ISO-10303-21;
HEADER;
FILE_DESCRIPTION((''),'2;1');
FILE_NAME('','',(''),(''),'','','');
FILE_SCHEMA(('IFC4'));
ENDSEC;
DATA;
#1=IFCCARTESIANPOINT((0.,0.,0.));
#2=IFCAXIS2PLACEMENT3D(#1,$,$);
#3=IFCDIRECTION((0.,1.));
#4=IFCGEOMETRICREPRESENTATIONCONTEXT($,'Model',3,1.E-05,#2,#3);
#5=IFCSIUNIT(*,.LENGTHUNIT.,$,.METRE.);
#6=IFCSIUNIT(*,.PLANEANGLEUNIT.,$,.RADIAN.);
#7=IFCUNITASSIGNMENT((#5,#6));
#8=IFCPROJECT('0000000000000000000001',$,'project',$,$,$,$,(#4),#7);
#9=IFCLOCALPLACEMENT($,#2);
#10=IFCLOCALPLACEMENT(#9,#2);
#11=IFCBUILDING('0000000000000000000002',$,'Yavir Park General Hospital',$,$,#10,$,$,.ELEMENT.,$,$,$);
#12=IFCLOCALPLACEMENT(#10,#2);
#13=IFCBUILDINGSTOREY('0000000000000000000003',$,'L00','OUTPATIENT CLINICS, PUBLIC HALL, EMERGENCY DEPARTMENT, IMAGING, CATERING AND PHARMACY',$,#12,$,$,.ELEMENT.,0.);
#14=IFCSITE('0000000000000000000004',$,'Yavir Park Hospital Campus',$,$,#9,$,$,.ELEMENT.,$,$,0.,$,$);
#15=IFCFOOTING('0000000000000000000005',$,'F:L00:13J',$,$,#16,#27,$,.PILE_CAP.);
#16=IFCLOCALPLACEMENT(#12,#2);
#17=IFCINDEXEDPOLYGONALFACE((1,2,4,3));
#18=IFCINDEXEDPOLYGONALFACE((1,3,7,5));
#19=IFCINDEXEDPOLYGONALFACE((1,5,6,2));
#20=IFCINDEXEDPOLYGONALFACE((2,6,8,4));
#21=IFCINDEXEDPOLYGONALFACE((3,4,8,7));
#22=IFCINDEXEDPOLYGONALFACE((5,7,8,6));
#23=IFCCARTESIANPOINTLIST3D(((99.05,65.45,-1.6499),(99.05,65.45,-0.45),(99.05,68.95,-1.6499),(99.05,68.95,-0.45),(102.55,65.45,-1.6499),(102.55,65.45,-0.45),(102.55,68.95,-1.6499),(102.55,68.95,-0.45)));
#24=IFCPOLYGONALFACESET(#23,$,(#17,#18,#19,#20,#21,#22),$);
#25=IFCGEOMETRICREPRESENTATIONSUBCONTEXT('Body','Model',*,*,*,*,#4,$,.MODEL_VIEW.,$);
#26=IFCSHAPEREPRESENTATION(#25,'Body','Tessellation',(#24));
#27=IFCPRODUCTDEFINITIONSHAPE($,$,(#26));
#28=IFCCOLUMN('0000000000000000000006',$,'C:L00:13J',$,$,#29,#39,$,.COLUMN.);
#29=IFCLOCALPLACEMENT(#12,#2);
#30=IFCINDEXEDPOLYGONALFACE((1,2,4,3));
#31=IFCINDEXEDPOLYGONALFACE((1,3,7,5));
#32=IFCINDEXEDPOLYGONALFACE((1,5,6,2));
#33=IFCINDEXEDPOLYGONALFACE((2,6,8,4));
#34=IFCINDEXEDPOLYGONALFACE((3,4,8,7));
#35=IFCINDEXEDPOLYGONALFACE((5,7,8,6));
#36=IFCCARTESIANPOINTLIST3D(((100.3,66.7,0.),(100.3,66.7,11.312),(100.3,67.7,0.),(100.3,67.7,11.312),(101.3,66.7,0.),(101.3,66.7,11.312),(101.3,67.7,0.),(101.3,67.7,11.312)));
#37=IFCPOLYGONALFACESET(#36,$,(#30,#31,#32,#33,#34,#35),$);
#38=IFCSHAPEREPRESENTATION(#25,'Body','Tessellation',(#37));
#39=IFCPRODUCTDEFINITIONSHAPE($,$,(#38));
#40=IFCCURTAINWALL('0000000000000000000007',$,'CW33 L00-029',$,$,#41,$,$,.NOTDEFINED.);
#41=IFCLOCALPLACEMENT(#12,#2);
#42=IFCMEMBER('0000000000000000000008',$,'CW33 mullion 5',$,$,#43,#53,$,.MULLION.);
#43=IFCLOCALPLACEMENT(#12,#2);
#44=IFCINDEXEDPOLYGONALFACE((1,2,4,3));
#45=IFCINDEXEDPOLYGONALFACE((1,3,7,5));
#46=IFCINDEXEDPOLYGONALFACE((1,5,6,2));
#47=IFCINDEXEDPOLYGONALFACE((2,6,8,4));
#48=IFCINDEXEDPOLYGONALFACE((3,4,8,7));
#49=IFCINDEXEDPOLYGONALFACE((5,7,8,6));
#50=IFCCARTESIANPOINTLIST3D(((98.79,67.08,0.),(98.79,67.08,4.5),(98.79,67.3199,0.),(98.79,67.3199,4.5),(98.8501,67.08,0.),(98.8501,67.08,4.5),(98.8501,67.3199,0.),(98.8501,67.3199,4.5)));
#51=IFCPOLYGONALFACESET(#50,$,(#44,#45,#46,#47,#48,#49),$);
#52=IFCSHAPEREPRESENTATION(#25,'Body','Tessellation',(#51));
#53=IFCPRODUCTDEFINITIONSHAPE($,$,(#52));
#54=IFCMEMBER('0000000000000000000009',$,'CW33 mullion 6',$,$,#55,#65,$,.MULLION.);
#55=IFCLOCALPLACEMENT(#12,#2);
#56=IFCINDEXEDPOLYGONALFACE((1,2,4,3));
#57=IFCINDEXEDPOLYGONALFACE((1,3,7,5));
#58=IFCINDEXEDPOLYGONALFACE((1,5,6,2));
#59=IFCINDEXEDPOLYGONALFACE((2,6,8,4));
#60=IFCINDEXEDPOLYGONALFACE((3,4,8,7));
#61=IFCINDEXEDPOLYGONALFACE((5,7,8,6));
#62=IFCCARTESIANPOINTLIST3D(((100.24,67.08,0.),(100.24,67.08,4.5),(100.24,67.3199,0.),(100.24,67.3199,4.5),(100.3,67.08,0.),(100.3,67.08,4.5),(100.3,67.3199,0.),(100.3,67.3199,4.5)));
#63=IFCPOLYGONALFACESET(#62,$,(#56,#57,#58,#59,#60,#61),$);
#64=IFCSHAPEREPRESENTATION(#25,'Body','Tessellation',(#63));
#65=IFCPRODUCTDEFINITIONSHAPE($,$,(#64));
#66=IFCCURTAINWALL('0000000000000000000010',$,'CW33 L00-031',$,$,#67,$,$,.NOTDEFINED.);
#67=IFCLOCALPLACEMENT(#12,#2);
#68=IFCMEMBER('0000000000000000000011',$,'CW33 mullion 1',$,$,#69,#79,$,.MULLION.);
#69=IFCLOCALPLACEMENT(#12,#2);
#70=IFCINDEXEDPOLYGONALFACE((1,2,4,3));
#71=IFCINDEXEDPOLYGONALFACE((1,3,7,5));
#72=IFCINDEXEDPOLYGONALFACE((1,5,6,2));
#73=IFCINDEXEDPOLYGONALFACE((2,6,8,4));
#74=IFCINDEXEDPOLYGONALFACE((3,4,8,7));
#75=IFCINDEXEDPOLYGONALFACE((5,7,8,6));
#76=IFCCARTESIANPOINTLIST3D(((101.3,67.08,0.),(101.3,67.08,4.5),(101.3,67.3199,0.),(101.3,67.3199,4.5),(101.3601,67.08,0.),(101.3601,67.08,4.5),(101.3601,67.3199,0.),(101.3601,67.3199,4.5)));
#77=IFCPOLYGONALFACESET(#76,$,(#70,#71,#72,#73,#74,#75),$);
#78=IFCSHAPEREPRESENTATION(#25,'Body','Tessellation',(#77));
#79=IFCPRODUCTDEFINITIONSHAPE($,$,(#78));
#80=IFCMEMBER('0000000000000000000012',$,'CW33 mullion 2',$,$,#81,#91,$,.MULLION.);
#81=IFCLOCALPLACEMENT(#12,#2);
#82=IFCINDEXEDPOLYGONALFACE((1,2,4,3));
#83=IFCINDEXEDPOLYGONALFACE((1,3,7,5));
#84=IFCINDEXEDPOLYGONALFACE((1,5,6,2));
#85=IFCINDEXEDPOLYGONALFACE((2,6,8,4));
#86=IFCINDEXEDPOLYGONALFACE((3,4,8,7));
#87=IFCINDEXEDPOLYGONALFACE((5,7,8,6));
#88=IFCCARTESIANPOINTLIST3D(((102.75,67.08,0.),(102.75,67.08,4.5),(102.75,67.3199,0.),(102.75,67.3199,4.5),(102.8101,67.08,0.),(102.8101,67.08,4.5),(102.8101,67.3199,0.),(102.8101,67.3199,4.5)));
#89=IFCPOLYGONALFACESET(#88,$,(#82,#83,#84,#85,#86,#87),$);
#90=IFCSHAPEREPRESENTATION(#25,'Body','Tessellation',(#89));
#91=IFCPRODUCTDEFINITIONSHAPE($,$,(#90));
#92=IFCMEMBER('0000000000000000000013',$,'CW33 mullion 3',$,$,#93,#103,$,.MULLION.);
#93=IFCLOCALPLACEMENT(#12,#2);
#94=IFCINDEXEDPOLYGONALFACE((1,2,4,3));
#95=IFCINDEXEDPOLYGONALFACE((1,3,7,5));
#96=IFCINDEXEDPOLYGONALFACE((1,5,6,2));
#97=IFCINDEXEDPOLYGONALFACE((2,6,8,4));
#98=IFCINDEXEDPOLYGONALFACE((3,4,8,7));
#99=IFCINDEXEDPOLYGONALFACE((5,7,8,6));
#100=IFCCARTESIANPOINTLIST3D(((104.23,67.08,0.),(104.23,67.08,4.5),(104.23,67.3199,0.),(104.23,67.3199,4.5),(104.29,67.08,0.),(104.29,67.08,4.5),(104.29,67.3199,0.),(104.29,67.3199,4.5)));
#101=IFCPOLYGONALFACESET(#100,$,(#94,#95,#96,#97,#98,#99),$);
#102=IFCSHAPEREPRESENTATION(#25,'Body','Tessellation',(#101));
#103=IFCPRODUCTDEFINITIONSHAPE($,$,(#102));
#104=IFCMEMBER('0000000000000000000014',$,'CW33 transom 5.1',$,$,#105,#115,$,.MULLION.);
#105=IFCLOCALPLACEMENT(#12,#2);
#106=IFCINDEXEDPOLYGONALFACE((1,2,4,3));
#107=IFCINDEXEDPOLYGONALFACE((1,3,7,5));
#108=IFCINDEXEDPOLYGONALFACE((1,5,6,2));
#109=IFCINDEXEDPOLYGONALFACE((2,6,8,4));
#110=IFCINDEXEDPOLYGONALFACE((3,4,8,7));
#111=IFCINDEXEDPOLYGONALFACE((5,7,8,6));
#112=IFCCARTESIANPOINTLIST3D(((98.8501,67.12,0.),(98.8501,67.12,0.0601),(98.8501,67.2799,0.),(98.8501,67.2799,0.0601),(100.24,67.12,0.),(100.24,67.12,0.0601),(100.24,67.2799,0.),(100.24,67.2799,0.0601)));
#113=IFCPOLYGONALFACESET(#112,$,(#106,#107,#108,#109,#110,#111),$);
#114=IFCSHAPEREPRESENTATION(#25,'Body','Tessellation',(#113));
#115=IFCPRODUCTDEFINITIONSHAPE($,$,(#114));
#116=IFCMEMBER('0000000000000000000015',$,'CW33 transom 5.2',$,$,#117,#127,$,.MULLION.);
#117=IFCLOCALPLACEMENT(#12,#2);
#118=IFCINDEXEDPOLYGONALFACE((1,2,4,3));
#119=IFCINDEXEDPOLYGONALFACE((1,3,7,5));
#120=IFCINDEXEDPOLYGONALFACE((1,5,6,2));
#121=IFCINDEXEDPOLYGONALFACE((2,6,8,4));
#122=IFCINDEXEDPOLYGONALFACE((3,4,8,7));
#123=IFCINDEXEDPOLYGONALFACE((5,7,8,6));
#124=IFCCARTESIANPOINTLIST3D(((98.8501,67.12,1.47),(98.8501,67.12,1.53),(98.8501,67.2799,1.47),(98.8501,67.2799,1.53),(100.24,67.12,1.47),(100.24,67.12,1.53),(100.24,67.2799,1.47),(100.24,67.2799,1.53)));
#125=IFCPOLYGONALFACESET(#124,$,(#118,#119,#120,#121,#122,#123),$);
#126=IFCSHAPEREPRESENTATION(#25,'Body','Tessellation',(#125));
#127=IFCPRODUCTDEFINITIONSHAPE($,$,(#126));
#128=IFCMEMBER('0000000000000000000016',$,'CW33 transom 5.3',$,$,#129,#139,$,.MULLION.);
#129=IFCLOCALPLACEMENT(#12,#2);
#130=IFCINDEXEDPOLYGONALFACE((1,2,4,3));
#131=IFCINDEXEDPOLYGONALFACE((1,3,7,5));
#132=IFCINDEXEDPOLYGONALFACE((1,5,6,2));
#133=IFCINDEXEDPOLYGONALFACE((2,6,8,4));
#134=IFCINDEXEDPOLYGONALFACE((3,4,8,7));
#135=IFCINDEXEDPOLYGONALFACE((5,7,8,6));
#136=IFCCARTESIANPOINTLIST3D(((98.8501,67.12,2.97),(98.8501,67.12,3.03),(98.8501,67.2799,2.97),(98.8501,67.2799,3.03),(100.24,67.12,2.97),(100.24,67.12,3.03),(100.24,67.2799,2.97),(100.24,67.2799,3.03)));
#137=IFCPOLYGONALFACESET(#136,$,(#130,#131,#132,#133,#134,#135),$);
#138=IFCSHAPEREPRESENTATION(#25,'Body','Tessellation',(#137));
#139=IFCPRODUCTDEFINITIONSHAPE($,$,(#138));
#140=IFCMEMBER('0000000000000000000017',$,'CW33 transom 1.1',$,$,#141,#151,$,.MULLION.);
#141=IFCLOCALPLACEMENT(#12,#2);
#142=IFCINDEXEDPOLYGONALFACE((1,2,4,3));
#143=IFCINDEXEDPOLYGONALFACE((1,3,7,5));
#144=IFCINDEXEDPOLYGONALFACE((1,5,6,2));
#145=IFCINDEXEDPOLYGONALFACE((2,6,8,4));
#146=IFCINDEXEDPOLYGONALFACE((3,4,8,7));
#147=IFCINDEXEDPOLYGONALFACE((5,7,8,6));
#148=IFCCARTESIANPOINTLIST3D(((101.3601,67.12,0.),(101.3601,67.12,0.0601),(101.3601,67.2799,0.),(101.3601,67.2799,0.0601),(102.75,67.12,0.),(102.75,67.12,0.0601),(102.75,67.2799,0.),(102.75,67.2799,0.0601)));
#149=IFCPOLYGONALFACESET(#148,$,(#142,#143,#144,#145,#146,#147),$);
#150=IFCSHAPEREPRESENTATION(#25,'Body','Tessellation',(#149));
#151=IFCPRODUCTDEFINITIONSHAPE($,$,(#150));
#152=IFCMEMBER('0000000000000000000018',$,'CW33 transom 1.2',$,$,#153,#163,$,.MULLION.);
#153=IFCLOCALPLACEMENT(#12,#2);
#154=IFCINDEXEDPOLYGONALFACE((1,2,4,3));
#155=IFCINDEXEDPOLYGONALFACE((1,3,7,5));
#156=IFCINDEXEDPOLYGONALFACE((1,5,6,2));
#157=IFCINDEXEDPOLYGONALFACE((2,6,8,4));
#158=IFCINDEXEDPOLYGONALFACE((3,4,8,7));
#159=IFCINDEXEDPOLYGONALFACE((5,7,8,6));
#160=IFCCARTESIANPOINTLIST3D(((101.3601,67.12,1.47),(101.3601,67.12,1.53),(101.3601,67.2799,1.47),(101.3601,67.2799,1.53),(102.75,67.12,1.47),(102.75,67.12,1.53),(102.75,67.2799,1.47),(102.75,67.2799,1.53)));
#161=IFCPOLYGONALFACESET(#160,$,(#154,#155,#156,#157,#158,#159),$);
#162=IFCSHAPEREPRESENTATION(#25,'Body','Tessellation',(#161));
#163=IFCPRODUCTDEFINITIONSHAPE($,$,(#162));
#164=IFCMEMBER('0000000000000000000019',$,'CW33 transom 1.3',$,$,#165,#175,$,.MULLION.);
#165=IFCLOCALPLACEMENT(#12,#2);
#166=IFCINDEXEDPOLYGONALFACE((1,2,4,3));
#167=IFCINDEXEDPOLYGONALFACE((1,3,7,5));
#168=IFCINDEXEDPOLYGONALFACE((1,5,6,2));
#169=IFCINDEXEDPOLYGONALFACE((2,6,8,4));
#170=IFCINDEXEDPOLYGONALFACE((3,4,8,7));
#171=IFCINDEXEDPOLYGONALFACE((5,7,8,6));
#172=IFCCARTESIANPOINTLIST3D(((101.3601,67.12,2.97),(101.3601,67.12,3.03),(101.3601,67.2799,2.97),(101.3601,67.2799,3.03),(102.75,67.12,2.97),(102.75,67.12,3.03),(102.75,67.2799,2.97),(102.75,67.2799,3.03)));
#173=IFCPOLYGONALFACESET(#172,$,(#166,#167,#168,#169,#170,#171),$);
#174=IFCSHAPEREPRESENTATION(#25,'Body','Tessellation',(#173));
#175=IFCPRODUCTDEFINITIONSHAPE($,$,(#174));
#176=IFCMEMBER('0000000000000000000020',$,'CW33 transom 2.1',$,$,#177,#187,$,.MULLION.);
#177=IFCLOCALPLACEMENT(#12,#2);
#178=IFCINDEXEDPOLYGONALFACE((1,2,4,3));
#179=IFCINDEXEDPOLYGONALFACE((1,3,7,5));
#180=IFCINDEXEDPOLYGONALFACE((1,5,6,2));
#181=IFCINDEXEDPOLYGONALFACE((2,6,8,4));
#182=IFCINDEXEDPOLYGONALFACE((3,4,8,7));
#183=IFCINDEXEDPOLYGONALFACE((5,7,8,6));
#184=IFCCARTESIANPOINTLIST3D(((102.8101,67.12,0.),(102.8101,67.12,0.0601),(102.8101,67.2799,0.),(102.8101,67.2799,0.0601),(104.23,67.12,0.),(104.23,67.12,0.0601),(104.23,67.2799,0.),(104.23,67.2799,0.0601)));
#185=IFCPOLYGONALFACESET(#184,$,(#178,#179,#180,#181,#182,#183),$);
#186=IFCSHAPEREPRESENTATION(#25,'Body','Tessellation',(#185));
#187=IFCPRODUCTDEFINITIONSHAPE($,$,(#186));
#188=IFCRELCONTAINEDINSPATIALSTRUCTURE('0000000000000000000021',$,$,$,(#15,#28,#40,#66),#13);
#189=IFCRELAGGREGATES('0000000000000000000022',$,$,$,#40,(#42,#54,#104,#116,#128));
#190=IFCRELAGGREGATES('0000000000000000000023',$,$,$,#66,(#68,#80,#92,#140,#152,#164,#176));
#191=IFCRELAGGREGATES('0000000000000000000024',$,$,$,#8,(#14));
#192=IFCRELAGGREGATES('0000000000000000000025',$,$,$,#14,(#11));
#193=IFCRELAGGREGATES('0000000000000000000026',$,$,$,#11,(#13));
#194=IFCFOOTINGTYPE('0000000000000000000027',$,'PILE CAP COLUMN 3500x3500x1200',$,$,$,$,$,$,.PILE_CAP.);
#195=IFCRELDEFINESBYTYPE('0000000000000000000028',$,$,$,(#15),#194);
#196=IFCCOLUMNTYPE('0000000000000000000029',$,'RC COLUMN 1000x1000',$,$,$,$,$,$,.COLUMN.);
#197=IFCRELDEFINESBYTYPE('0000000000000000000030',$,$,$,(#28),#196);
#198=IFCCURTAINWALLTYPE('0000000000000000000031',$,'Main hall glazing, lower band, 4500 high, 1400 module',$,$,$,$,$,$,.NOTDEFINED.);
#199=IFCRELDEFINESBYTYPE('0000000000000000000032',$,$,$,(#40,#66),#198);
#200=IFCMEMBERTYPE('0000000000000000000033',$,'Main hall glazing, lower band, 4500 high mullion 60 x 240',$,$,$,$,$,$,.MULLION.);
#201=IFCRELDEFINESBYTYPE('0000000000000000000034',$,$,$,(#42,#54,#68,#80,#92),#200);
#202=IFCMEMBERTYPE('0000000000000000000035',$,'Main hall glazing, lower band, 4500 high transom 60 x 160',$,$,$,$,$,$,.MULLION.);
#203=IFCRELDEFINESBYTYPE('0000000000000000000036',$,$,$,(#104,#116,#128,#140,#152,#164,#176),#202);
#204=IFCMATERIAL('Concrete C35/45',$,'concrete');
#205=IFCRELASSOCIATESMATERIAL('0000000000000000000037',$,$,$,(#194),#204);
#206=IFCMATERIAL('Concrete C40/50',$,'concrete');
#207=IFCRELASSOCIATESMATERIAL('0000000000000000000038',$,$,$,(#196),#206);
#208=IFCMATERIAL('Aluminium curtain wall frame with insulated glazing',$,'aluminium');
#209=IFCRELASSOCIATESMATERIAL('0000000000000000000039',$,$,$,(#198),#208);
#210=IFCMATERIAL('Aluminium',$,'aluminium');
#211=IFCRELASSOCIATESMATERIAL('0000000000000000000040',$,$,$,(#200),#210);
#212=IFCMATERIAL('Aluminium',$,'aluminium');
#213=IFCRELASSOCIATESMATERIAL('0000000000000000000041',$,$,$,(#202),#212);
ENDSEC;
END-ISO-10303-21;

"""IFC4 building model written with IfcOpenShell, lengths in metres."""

from ifc_helpers import new_model, si_unit, direction, frame, origin, origin_2d, place, context, subcontext, project, spatial, rectangle, extrude, material, material_profile, profile_set, type_object, element, aggregate, save


model = new_model("IFC4")

# Units and contexts
model_context = context("Model", 3, precision=1e-05, world=origin(), true_north=direction((0.0, 1.0)))
body_context = subcontext(model_context, "Body", "Model", "MODEL_VIEW")
ifc_project = project(units=[si_unit("LENGTHUNIT", "METRE"), si_unit("PLANEANGLEUNIT", "RADIAN")], contexts=[model_context])

# Site, building, storey
site_placement = place(None, origin())
site = spatial("IfcSite", under=ifc_project, at=site_placement, Name="Yavir Park Hospital Campus", CompositionType="ELEMENT", RefElevation=0.0)
building_placement = place(site_placement, origin())
building = spatial("IfcBuilding", under=site, at=building_placement, Name="Yavir Park General Hospital", CompositionType="ELEMENT")
storey_placement = place(building_placement, origin())
storey = spatial("IfcBuildingStorey", under=building, at=storey_placement, Name="L00", Description="OUTPATIENT CLINICS, PUBLIC HALL, EMERGENCY DEPARTMENT, IMAGING, CATERING AND PHARMACY", CompositionType="ELEMENT", Elevation=0.0)

# Footing
ifc_material_1 = material(Name="Concrete C35/45", Category="concrete")
footing_type = type_object("IfcFootingType", Name="PILE CAP COLUMN 3500x3500x1200", PredefinedType="PILE_CAP", material=ifc_material_1)
footing_placement = place(storey_placement, frame((100.8, 67.2, -1.6499), z_axis=(0.0, 0.0, 1.0), x_axis=(1.0, 0.0, 0.0)))
element("IfcFooting", 1, at=footing_placement, inside=storey, type_object=footing_type, Name="F:L00:13J", PredefinedType="PILE_CAP", context=body_context, shape_type="SweptSolid", body=[
    extrude(rectangle(XDim=3.5, YDim=3.5, at=origin_2d()), origin(), (0.0, 0.0, 1.0), 1.2),
])

# Column
ifc_material_2 = material(Name="Concrete C40/50", Category="concrete")
ifc_material_profile_1 = material_profile(ifc_material_2, rectangle(XDim=1.0, YDim=1.0, at=origin_2d()), Name="RC1000x1000")
ifc_profile_set_1 = profile_set([ifc_material_profile_1], Name="Concrete C40/50")
column_type = type_object("IfcColumnType", Name="RC COLUMN 1000x1000", PredefinedType="COLUMN", material=ifc_profile_set_1)
column_placement = place(storey_placement, frame((100.8, 67.2, 0.0), z_axis=(0.0, 0.0, 1.0), x_axis=(1.0, 0.0, 0.0)))
element("IfcColumn", 2, at=column_placement, inside=storey, type_object=column_type, Name="C:L00:13J", PredefinedType="COLUMN", context=body_context, shape_type="SweptSolid", body=[
    extrude(rectangle(XDim=1.0, YDim=1.0, at=origin_2d()), origin(), (0.0, 0.0, 1.0), 11.312),
])

# Curtain walls, members
ifc_material_3 = material(Name="Aluminium curtain wall frame with insulated glazing", Category="aluminium")
curtain_wall_type = type_object("IfcCurtainWallType", Name="Main hall glazing, lower band, 4500 high, 1400 module", PredefinedType="NOTDEFINED", material=ifc_material_3)
curtain_wall_1_placement = place(storey_placement, origin())
curtain_wall_1 = element("IfcCurtainWall", 3, at=curtain_wall_1_placement, inside=storey, type_object=curtain_wall_type, Name="CW33 L00-029", PredefinedType="NOTDEFINED")
ifc_material_4 = material(Name="Aluminium", Category="aluminium")
ifc_material_profile_2 = material_profile(ifc_material_4, rectangle(XDim=0.24, YDim=0.0601, at=origin_2d()), Name="AL 60x240")
ifc_profile_set_2 = profile_set([ifc_material_profile_2], Name="Aluminium")
member_type_1 = type_object("IfcMemberType", Name="Main hall glazing, lower band, 4500 high mullion 60 x 240", PredefinedType="MULLION", material=ifc_profile_set_2)
member_1_placement = place(storey_placement, frame((98.8201, 67.2, 0.0), z_axis=(0.0, 0.0, 1.0), x_axis=(0.0, 1.0, 0.0)))
member_1 = element("IfcMember", 4, at=member_1_placement, type_object=member_type_1, Name="CW33 mullion 5", PredefinedType="MULLION", context=body_context, shape_type="SweptSolid", body=[
    extrude(rectangle(XDim=0.24, YDim=0.0601, at=origin_2d()), origin(), (0.0, 0.0, 1.0), 4.5),
])
member_2_placement = place(storey_placement, frame((100.27, 67.2, 0.0), z_axis=(0.0, 0.0, 1.0), x_axis=(0.0, 1.0, 0.0)))
member_2 = element("IfcMember", 5, at=member_2_placement, type_object=member_type_1, Name="CW33 mullion 6", PredefinedType="MULLION", context=body_context, shape_type="SweptSolid", body=[
    extrude(rectangle(XDim=0.24, YDim=0.0601, at=origin_2d()), origin(), (0.0, 0.0, 1.0), 4.5),
])
curtain_wall_2_placement = place(storey_placement, origin())
curtain_wall_2 = element("IfcCurtainWall", 6, at=curtain_wall_2_placement, inside=storey, type_object=curtain_wall_type, Name="CW33 L00-031", PredefinedType="NOTDEFINED")
member_3_placement = place(storey_placement, frame((101.3301, 67.2, 0.0), z_axis=(0.0, 0.0, 1.0), x_axis=(0.0, 1.0, 0.0)))
member_3 = element("IfcMember", 7, at=member_3_placement, type_object=member_type_1, Name="CW33 mullion 1", PredefinedType="MULLION", context=body_context, shape_type="SweptSolid", body=[
    extrude(rectangle(XDim=0.24, YDim=0.0601, at=origin_2d()), origin(), (0.0, 0.0, 1.0), 4.5),
])
member_4_placement = place(storey_placement, frame((102.78, 67.2, 0.0), z_axis=(0.0, 0.0, 1.0), x_axis=(0.0, 1.0, 0.0)))
member_4 = element("IfcMember", 8, at=member_4_placement, type_object=member_type_1, Name="CW33 mullion 2", PredefinedType="MULLION", context=body_context, shape_type="SweptSolid", body=[
    extrude(rectangle(XDim=0.24, YDim=0.0601, at=origin_2d()), origin(), (0.0, 0.0, 1.0), 4.5),
])
member_5_placement = place(storey_placement, frame((104.26, 67.2, 0.0), z_axis=(0.0, 0.0, 1.0), x_axis=(0.0, 1.0, 0.0)))
member_5 = element("IfcMember", 9, at=member_5_placement, type_object=member_type_1, Name="CW33 mullion 3", PredefinedType="MULLION", context=body_context, shape_type="SweptSolid", body=[
    extrude(rectangle(XDim=0.24, YDim=0.0601, at=origin_2d()), origin(), (0.0, 0.0, 1.0), 4.5),
])

# Members
ifc_material_5 = material(Name="Aluminium", Category="aluminium")
ifc_material_profile_3 = material_profile(ifc_material_5, rectangle(XDim=0.1599, YDim=0.0601, at=origin_2d()), Name="AL 160x60")
ifc_profile_set_3 = profile_set([ifc_material_profile_3], Name="Aluminium")
member_type_2 = type_object("IfcMemberType", Name="Main hall glazing, lower band, 4500 high transom 60 x 160", PredefinedType="MULLION", material=ifc_profile_set_3)
member_6_placement = place(storey_placement, frame((98.8501, 67.2, 0.03), z_axis=(1.0, 0.0, 0.0), x_axis=(0.0, 1.0, 0.0)))
member_6 = element("IfcMember", 10, at=member_6_placement, type_object=member_type_2, Name="CW33 transom 5.1", PredefinedType="MULLION", context=body_context, shape_type="SweptSolid", body=[
    extrude(rectangle(XDim=0.1599, YDim=0.0601, at=origin_2d()), origin(), (0.0, 0.0, 1.0), 1.3899),
])
member_7_placement = place(storey_placement, frame((98.8501, 67.2, 1.5), z_axis=(1.0, 0.0, 0.0), x_axis=(0.0, 1.0, 0.0)))
member_7 = element("IfcMember", 11, at=member_7_placement, type_object=member_type_2, Name="CW33 transom 5.2", PredefinedType="MULLION", context=body_context, shape_type="SweptSolid", body=[
    extrude(rectangle(XDim=0.1599, YDim=0.0601, at=origin_2d()), origin(), (0.0, 0.0, 1.0), 1.3899),
])
member_8_placement = place(storey_placement, frame((98.8501, 67.2, 3.0), z_axis=(1.0, 0.0, 0.0), x_axis=(0.0, 1.0, 0.0)))
member_8 = element("IfcMember", 12, at=member_8_placement, type_object=member_type_2, Name="CW33 transom 5.3", PredefinedType="MULLION", context=body_context, shape_type="SweptSolid", body=[
    extrude(rectangle(XDim=0.1599, YDim=0.0601, at=origin_2d()), origin(), (0.0, 0.0, 1.0), 1.3899),
])
member_9_placement = place(storey_placement, frame((101.3601, 67.2, 0.03), z_axis=(1.0, 0.0, 0.0), x_axis=(0.0, 1.0, 0.0)))
member_9 = element("IfcMember", 13, at=member_9_placement, type_object=member_type_2, Name="CW33 transom 1.1", PredefinedType="MULLION", context=body_context, shape_type="SweptSolid", body=[
    extrude(rectangle(XDim=0.1599, YDim=0.0601, at=origin_2d()), origin(), (0.0, 0.0, 1.0), 1.3899),
])
member_10_placement = place(storey_placement, frame((101.3601, 67.2, 1.5), z_axis=(1.0, 0.0, 0.0), x_axis=(0.0, 1.0, 0.0)))
member_10 = element("IfcMember", 14, at=member_10_placement, type_object=member_type_2, Name="CW33 transom 1.2", PredefinedType="MULLION", context=body_context, shape_type="SweptSolid", body=[
    extrude(rectangle(XDim=0.1599, YDim=0.0601, at=origin_2d()), origin(), (0.0, 0.0, 1.0), 1.3899),
])
member_11_placement = place(storey_placement, frame((101.3601, 67.2, 3.0), z_axis=(1.0, 0.0, 0.0), x_axis=(0.0, 1.0, 0.0)))
member_11 = element("IfcMember", 15, at=member_11_placement, type_object=member_type_2, Name="CW33 transom 1.3", PredefinedType="MULLION", context=body_context, shape_type="SweptSolid", body=[
    extrude(rectangle(XDim=0.1599, YDim=0.0601, at=origin_2d()), origin(), (0.0, 0.0, 1.0), 1.3899),
])
member_12_placement = place(storey_placement, frame((102.8101, 67.2, 0.03), z_axis=(1.0, 0.0, 0.0), x_axis=(0.0, 1.0, 0.0)))
member_12 = element("IfcMember", 16, at=member_12_placement, type_object=member_type_2, Name="CW33 transom 2.1", PredefinedType="MULLION", context=body_context, shape_type="SweptSolid", body=[
    extrude(rectangle(XDim=0.1599, YDim=0.0601, at=origin_2d()), origin(), (0.0, 0.0, 1.0), 1.4199),
])

aggregate(curtain_wall_1, [member_1, member_2, member_6, member_7, member_8])
aggregate(curtain_wall_2, [member_3, member_4, member_5, member_9, member_10, member_11, member_12])

save(model, "model.ifc")
